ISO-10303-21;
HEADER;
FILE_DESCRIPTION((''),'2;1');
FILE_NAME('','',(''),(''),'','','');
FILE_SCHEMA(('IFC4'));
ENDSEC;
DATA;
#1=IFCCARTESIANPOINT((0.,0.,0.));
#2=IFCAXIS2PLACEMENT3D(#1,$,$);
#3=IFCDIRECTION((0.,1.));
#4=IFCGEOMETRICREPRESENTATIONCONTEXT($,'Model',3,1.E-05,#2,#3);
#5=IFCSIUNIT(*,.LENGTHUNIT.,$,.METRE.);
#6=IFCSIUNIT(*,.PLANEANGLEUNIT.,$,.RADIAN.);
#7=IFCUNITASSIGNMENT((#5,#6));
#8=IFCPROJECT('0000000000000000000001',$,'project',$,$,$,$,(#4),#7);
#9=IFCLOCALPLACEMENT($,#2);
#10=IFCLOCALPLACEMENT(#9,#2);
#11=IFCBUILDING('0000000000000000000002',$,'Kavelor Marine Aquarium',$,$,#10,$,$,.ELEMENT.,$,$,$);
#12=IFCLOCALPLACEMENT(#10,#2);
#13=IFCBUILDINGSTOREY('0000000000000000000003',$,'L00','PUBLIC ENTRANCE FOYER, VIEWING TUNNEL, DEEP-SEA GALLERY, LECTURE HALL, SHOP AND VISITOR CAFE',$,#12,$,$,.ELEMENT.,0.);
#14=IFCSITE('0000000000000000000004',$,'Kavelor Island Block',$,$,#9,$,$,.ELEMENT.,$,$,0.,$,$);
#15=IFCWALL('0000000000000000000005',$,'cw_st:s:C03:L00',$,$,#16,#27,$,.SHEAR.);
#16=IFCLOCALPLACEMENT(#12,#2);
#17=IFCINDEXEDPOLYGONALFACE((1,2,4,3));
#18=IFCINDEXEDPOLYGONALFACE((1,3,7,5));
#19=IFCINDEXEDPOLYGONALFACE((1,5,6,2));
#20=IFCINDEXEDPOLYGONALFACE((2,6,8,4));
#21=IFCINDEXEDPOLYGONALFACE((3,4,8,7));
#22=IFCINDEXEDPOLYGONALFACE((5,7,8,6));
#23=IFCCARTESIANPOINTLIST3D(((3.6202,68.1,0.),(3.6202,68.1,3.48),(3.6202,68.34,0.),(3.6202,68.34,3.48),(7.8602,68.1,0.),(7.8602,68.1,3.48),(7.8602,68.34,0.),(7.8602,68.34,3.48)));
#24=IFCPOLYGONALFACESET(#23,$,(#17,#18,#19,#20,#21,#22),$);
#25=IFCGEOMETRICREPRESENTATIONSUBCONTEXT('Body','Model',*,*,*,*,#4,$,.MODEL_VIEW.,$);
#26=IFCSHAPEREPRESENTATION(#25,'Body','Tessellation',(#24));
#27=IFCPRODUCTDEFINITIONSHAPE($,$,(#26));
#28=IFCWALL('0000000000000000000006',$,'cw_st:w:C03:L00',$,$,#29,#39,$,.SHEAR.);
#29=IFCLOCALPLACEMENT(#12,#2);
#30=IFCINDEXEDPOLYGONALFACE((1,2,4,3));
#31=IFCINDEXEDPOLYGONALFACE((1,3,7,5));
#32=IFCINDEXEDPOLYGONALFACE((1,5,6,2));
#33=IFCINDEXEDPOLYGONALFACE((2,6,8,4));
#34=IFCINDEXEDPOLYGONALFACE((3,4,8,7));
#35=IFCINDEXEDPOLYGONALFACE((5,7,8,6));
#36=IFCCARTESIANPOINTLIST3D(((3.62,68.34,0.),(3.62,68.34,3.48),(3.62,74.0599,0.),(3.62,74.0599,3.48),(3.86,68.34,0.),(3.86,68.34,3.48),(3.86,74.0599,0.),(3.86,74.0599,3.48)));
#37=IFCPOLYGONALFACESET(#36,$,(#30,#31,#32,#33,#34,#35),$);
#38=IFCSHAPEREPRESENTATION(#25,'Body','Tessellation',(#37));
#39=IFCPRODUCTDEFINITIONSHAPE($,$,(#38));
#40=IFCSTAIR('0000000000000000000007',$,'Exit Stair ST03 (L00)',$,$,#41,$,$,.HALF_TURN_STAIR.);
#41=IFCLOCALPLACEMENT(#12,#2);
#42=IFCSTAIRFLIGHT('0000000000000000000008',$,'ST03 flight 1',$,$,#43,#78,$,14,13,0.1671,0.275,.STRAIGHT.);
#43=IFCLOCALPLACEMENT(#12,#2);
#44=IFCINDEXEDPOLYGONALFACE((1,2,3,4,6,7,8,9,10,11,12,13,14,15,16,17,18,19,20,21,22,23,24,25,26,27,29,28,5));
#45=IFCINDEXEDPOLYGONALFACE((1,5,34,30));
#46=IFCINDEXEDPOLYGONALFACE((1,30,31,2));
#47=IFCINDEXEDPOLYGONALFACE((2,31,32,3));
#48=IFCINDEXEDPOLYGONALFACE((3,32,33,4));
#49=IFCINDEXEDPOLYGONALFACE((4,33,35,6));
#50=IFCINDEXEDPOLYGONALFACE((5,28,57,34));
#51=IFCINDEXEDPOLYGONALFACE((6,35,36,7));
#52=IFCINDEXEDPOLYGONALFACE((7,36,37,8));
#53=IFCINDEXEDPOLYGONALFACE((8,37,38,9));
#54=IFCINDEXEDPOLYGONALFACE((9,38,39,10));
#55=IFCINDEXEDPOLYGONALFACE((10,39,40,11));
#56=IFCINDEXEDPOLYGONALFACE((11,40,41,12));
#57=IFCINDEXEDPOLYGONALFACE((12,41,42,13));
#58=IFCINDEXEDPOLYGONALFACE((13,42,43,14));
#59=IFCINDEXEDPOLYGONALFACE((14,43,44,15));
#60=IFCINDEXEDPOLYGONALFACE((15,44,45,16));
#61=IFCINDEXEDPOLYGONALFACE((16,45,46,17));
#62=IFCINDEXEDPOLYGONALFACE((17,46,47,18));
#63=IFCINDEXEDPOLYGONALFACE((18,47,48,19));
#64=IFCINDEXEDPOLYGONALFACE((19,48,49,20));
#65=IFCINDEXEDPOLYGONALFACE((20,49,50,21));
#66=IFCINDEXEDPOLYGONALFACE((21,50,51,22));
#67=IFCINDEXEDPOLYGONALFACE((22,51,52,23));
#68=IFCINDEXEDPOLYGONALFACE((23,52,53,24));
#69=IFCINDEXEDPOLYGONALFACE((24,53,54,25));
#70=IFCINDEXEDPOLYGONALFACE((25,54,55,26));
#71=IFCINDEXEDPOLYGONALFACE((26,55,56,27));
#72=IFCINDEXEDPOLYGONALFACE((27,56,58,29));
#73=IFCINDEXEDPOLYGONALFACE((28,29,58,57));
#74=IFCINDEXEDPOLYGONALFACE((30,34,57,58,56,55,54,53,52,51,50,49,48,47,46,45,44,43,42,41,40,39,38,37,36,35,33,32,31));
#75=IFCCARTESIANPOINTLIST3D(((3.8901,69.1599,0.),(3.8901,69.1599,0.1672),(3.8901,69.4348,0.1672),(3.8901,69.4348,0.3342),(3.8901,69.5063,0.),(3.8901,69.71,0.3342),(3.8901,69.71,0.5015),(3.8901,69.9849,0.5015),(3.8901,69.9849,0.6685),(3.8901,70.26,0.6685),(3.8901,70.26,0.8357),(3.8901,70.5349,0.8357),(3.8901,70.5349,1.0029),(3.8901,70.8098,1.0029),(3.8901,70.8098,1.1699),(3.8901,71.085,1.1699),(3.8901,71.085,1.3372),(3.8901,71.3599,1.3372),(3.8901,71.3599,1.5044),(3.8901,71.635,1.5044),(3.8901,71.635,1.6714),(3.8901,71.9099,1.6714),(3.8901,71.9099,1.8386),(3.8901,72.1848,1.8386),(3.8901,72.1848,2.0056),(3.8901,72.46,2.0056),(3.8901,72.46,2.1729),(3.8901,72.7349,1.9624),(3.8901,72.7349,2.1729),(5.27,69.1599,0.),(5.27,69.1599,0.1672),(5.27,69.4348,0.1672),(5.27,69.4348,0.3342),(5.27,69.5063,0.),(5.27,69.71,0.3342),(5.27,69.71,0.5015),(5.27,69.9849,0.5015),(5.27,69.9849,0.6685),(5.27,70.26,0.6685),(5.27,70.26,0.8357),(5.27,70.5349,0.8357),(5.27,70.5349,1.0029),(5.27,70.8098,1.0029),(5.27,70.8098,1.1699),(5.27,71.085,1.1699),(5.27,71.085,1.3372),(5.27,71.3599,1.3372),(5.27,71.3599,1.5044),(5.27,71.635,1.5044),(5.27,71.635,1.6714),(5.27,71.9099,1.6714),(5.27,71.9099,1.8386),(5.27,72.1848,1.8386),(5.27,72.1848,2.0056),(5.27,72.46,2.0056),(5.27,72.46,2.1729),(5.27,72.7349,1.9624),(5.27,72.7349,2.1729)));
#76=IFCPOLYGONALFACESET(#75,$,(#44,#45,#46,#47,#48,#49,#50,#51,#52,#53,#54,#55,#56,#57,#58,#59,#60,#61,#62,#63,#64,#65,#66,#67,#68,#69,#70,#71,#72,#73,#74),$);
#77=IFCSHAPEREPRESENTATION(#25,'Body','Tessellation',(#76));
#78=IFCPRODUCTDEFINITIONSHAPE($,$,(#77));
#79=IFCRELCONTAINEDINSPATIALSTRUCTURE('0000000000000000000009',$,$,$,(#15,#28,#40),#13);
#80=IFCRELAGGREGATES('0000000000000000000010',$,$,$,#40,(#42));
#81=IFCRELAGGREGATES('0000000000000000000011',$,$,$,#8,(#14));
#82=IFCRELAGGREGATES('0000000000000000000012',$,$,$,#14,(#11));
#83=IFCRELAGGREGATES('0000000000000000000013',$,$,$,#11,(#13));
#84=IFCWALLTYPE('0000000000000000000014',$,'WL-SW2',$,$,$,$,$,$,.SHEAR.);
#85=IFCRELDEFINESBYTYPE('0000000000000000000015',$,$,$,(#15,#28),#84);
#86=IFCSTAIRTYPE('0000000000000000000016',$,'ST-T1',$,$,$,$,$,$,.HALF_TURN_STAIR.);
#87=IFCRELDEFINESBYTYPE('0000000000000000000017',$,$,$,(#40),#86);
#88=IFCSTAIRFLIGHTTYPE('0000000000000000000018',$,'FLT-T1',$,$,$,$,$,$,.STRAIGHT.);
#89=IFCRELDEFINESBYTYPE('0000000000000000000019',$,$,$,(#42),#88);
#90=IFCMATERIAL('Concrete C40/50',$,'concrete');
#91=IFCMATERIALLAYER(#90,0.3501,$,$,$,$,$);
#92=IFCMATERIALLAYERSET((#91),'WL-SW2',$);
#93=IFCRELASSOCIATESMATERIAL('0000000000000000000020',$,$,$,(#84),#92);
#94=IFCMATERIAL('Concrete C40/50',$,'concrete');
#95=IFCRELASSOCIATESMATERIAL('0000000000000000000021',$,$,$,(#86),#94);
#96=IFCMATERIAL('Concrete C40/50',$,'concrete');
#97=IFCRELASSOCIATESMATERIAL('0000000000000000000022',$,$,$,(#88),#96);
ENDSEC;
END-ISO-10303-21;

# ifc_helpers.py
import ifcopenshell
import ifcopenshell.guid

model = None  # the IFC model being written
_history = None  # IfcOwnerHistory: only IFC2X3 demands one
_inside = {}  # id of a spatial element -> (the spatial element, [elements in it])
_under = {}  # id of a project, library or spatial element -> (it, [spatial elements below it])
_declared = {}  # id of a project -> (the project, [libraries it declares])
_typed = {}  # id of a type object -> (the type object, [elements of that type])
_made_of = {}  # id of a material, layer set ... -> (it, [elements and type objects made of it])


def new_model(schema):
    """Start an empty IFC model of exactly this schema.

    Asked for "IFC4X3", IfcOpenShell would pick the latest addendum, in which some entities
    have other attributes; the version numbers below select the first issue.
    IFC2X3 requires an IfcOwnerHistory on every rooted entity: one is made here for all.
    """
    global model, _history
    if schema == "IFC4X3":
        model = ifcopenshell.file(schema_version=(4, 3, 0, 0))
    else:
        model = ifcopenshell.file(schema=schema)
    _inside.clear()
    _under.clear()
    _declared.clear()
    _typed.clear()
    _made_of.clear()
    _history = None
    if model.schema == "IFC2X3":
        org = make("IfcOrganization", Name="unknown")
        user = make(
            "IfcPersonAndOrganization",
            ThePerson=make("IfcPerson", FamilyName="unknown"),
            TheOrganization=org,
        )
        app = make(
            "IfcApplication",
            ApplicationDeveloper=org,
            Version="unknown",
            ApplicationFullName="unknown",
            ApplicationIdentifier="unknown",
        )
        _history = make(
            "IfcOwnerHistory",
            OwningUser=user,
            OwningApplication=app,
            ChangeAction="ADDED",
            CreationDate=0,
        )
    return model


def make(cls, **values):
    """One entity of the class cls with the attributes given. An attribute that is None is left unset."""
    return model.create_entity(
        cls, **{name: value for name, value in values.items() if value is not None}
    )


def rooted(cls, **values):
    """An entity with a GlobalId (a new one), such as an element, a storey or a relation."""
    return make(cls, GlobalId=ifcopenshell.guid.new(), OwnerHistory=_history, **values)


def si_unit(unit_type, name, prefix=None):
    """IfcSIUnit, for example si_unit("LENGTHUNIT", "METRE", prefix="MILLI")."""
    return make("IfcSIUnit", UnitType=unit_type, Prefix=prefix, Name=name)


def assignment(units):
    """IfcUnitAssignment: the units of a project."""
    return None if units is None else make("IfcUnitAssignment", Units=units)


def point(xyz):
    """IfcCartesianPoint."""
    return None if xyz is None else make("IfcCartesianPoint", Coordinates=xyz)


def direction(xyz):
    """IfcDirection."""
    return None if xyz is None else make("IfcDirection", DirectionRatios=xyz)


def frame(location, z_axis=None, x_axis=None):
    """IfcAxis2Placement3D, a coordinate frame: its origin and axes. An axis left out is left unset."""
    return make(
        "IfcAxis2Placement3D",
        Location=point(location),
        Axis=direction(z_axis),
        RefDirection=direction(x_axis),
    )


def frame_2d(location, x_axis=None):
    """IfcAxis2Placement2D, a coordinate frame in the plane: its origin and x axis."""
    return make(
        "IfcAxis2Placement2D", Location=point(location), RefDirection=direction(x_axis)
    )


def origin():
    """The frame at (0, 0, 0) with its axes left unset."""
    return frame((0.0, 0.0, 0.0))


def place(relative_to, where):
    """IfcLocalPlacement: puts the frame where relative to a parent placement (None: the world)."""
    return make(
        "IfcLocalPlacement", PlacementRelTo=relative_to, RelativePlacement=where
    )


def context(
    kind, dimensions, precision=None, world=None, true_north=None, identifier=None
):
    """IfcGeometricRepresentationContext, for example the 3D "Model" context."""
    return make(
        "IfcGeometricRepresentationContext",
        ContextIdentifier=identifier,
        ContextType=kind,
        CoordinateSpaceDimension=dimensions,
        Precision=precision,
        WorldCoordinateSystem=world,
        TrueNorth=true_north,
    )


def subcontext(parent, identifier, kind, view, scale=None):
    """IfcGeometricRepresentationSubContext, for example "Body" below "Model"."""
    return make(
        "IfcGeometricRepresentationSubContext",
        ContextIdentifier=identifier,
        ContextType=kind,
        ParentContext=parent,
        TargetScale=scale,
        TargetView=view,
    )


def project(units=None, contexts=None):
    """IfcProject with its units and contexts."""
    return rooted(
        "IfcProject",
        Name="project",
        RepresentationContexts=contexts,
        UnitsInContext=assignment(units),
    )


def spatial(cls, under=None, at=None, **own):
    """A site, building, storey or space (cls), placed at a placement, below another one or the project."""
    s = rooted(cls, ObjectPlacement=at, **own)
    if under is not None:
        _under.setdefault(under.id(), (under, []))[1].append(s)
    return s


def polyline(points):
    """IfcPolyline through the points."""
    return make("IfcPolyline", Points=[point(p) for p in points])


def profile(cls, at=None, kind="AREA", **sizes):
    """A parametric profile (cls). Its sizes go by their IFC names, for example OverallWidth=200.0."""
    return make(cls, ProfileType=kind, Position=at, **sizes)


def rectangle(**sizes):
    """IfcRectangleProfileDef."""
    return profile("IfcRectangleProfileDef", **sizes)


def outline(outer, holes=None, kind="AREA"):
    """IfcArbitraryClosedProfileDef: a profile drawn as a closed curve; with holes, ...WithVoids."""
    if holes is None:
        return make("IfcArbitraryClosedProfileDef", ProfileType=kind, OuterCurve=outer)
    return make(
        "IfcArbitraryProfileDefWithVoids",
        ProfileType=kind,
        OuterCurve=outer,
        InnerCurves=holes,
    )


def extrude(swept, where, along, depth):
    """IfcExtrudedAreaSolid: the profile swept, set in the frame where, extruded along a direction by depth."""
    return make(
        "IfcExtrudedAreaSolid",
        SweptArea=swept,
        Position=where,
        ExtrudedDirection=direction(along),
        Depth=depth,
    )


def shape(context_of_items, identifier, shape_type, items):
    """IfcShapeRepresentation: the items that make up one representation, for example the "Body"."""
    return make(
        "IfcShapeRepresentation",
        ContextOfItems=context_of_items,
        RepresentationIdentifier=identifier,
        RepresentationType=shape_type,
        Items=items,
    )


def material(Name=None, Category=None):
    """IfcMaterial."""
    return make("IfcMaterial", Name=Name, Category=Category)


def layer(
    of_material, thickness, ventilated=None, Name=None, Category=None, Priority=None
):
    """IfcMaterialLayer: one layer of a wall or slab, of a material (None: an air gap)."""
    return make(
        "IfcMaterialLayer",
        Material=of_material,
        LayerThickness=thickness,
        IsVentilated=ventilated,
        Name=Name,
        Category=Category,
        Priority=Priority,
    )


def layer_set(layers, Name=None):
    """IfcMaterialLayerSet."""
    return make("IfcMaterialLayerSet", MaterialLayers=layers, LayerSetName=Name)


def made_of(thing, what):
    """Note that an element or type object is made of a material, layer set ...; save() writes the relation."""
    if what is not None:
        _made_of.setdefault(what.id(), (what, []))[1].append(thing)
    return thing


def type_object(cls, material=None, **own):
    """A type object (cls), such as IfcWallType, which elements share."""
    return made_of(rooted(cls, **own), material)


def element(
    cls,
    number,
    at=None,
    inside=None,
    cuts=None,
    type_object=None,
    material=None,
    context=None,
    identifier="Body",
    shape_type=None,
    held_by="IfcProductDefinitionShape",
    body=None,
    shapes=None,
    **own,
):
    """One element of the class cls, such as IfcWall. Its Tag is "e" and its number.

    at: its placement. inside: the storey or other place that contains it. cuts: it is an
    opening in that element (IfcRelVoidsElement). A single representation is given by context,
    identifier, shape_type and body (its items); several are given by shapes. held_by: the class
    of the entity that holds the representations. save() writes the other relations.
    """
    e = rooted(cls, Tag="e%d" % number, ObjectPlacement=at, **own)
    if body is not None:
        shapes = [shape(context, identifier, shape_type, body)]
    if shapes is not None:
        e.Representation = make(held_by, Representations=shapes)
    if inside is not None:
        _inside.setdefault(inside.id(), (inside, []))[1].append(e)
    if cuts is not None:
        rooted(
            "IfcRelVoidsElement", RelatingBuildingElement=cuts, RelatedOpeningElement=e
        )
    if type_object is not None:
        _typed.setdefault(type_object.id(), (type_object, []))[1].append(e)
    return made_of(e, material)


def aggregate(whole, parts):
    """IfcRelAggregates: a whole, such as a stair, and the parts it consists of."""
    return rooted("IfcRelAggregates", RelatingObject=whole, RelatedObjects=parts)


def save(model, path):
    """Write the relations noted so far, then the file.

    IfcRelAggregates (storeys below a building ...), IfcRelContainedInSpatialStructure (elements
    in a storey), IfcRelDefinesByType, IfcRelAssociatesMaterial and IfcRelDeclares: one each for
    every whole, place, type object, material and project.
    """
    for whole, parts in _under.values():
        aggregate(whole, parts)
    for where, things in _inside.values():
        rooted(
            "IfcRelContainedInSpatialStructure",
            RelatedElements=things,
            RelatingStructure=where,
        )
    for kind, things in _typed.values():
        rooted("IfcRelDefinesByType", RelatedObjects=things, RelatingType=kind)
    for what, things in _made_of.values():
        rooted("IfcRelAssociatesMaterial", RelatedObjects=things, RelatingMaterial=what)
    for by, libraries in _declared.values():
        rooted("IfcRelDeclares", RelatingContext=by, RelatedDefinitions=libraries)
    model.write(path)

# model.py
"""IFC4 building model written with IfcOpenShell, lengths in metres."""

from ifc_helpers import new_model, si_unit, direction, frame, frame_2d, origin, place, context, subcontext, project, spatial, polyline, rectangle, outline, extrude, material, layer, layer_set, type_object, element, aggregate, save


model = new_model("IFC4")

# Units and contexts
model_context = context("Model", 3, precision=1e-05, world=origin(), true_north=direction((0.0, 1.0)))
body_context = subcontext(model_context, "Body", "Model", "MODEL_VIEW")
ifc_project = project(units=[si_unit("LENGTHUNIT", "METRE"), si_unit("PLANEANGLEUNIT", "RADIAN")], contexts=[model_context])

# Site, building, storey
site_placement = place(None, origin())
site = spatial("IfcSite", under=ifc_project, at=site_placement, Name="Kavelor Island Block", CompositionType="ELEMENT", RefElevation=0.0)
building_placement = place(site_placement, origin())
building = spatial("IfcBuilding", under=site, at=building_placement, Name="Kavelor Marine Aquarium", CompositionType="ELEMENT")
storey_placement = place(building_placement, origin())
storey = spatial("IfcBuildingStorey", under=building, at=storey_placement, Name="L00", Description="PUBLIC ENTRANCE FOYER, VIEWING TUNNEL, DEEP-SEA GALLERY, LECTURE HALL, SHOP AND VISITOR CAFE", CompositionType="ELEMENT", Elevation=0.0)

# Walls
ifc_material_1 = material(Name="Concrete C40/50", Category="concrete")
ifc_layer_1 = layer(ifc_material_1, 0.3501)
ifc_layer_set_1 = layer_set([ifc_layer_1], Name="WL-SW2")
wall_type_1 = type_object("IfcWallType", Name="WL-SW2", PredefinedType="SHEAR", material=ifc_layer_set_1)
wall_1_placement = place(storey_placement, frame((3.6201, 68.22, 0.0), z_axis=(0.0, 0.0, 1.0), x_axis=(1.0, 0.0, 0.0)))
element("IfcWall", 1, at=wall_1_placement, inside=storey, type_object=wall_type_1, Name="cw_st:s:C03:L00", PredefinedType="SHEAR", context=body_context, shape_type="SweptSolid", body=[
    extrude(rectangle(XDim=4.24, YDim=0.24, at=frame_2d((2.1201, 0.0))), origin(), (0.0, 0.0, 1.0), 3.48),
])
wall_2_placement = place(storey_placement, frame((3.74, 68.3401, 0.0), z_axis=(0.0, 0.0, 1.0), x_axis=(0.0, 1.0, 0.0)))
element("IfcWall", 2, at=wall_2_placement, inside=storey, type_object=wall_type_1, Name="cw_st:w:C03:L00", PredefinedType="SHEAR", context=body_context, shape_type="SweptSolid", body=[
    extrude(rectangle(XDim=5.72, YDim=0.24, at=frame_2d((2.8599, 0.0))), origin(), (0.0, 0.0, 1.0), 3.48),
])

# Stair, stair flight
ifc_material_2 = material(Name="Concrete C40/50", Category="concrete")
stair_type = type_object("IfcStairType", Name="ST-T1", PredefinedType="HALF_TURN_STAIR", material=ifc_material_2)
stair_placement = place(storey_placement, origin())
stair = element("IfcStair", 3, at=stair_placement, inside=storey, type_object=stair_type, Name="Exit Stair ST03 (L00)", PredefinedType="HALF_TURN_STAIR")
ifc_material_3 = material(Name="Concrete C40/50", Category="concrete")
stair_flight_type = type_object("IfcStairFlightType", Name="FLT-T1", PredefinedType="STRAIGHT", material=ifc_material_3)
stair_flight_placement = place(storey_placement, frame((4.5801, 69.1599, 0.0), z_axis=(0.0, 0.0, 1.0), x_axis=(0.0, 1.0, 0.0)))
stair_flight = element("IfcStairFlight", 4, at=stair_flight_placement, type_object=stair_flight_type, Name="ST03 flight 1", NumberOfRisers=14, NumberOfTreads=13, PredefinedType="STRAIGHT", RiserHeight=0.1671, TreadLength=0.275, context=body_context, shape_type="SweptSolid", body=[
    extrude(outline(polyline([(0.0, 0.0), (0.0, 0.1672), (0.2749, 0.1672), (0.2749, 0.3342), (0.55, 0.3342), (0.55, 0.5015), (0.825, 0.5015), (0.825, 0.6685), (1.1001, 0.6685), (1.1001, 0.8357), (1.375, 0.8357), (1.375, 1.0029), (1.6499, 1.0029), (1.6499, 1.1699), (1.925, 1.1699), (1.925, 1.3372), (2.2, 1.3372), (2.2, 1.5044), (2.4751, 1.5044), (2.4751, 1.6714), (2.75, 1.6714), (2.75, 1.8386), (3.0249, 1.8386), (3.0249, 2.0056), (3.3, 2.0056), (3.3, 2.1729), (3.575, 2.1729), (3.575, 2.3401), (3.575, 1.9624), (0.3464, 0.0), (0.0, 0.0)])), frame((0.0, 0.6899, 0.0), z_axis=(0.0, -1.0, 0.0), x_axis=(1.0, 0.0, 0.0)), (0.0, 0.0, 1.0), 1.3799),
])
aggregate(stair, [stair_flight])

save(model, "model.ifc")
